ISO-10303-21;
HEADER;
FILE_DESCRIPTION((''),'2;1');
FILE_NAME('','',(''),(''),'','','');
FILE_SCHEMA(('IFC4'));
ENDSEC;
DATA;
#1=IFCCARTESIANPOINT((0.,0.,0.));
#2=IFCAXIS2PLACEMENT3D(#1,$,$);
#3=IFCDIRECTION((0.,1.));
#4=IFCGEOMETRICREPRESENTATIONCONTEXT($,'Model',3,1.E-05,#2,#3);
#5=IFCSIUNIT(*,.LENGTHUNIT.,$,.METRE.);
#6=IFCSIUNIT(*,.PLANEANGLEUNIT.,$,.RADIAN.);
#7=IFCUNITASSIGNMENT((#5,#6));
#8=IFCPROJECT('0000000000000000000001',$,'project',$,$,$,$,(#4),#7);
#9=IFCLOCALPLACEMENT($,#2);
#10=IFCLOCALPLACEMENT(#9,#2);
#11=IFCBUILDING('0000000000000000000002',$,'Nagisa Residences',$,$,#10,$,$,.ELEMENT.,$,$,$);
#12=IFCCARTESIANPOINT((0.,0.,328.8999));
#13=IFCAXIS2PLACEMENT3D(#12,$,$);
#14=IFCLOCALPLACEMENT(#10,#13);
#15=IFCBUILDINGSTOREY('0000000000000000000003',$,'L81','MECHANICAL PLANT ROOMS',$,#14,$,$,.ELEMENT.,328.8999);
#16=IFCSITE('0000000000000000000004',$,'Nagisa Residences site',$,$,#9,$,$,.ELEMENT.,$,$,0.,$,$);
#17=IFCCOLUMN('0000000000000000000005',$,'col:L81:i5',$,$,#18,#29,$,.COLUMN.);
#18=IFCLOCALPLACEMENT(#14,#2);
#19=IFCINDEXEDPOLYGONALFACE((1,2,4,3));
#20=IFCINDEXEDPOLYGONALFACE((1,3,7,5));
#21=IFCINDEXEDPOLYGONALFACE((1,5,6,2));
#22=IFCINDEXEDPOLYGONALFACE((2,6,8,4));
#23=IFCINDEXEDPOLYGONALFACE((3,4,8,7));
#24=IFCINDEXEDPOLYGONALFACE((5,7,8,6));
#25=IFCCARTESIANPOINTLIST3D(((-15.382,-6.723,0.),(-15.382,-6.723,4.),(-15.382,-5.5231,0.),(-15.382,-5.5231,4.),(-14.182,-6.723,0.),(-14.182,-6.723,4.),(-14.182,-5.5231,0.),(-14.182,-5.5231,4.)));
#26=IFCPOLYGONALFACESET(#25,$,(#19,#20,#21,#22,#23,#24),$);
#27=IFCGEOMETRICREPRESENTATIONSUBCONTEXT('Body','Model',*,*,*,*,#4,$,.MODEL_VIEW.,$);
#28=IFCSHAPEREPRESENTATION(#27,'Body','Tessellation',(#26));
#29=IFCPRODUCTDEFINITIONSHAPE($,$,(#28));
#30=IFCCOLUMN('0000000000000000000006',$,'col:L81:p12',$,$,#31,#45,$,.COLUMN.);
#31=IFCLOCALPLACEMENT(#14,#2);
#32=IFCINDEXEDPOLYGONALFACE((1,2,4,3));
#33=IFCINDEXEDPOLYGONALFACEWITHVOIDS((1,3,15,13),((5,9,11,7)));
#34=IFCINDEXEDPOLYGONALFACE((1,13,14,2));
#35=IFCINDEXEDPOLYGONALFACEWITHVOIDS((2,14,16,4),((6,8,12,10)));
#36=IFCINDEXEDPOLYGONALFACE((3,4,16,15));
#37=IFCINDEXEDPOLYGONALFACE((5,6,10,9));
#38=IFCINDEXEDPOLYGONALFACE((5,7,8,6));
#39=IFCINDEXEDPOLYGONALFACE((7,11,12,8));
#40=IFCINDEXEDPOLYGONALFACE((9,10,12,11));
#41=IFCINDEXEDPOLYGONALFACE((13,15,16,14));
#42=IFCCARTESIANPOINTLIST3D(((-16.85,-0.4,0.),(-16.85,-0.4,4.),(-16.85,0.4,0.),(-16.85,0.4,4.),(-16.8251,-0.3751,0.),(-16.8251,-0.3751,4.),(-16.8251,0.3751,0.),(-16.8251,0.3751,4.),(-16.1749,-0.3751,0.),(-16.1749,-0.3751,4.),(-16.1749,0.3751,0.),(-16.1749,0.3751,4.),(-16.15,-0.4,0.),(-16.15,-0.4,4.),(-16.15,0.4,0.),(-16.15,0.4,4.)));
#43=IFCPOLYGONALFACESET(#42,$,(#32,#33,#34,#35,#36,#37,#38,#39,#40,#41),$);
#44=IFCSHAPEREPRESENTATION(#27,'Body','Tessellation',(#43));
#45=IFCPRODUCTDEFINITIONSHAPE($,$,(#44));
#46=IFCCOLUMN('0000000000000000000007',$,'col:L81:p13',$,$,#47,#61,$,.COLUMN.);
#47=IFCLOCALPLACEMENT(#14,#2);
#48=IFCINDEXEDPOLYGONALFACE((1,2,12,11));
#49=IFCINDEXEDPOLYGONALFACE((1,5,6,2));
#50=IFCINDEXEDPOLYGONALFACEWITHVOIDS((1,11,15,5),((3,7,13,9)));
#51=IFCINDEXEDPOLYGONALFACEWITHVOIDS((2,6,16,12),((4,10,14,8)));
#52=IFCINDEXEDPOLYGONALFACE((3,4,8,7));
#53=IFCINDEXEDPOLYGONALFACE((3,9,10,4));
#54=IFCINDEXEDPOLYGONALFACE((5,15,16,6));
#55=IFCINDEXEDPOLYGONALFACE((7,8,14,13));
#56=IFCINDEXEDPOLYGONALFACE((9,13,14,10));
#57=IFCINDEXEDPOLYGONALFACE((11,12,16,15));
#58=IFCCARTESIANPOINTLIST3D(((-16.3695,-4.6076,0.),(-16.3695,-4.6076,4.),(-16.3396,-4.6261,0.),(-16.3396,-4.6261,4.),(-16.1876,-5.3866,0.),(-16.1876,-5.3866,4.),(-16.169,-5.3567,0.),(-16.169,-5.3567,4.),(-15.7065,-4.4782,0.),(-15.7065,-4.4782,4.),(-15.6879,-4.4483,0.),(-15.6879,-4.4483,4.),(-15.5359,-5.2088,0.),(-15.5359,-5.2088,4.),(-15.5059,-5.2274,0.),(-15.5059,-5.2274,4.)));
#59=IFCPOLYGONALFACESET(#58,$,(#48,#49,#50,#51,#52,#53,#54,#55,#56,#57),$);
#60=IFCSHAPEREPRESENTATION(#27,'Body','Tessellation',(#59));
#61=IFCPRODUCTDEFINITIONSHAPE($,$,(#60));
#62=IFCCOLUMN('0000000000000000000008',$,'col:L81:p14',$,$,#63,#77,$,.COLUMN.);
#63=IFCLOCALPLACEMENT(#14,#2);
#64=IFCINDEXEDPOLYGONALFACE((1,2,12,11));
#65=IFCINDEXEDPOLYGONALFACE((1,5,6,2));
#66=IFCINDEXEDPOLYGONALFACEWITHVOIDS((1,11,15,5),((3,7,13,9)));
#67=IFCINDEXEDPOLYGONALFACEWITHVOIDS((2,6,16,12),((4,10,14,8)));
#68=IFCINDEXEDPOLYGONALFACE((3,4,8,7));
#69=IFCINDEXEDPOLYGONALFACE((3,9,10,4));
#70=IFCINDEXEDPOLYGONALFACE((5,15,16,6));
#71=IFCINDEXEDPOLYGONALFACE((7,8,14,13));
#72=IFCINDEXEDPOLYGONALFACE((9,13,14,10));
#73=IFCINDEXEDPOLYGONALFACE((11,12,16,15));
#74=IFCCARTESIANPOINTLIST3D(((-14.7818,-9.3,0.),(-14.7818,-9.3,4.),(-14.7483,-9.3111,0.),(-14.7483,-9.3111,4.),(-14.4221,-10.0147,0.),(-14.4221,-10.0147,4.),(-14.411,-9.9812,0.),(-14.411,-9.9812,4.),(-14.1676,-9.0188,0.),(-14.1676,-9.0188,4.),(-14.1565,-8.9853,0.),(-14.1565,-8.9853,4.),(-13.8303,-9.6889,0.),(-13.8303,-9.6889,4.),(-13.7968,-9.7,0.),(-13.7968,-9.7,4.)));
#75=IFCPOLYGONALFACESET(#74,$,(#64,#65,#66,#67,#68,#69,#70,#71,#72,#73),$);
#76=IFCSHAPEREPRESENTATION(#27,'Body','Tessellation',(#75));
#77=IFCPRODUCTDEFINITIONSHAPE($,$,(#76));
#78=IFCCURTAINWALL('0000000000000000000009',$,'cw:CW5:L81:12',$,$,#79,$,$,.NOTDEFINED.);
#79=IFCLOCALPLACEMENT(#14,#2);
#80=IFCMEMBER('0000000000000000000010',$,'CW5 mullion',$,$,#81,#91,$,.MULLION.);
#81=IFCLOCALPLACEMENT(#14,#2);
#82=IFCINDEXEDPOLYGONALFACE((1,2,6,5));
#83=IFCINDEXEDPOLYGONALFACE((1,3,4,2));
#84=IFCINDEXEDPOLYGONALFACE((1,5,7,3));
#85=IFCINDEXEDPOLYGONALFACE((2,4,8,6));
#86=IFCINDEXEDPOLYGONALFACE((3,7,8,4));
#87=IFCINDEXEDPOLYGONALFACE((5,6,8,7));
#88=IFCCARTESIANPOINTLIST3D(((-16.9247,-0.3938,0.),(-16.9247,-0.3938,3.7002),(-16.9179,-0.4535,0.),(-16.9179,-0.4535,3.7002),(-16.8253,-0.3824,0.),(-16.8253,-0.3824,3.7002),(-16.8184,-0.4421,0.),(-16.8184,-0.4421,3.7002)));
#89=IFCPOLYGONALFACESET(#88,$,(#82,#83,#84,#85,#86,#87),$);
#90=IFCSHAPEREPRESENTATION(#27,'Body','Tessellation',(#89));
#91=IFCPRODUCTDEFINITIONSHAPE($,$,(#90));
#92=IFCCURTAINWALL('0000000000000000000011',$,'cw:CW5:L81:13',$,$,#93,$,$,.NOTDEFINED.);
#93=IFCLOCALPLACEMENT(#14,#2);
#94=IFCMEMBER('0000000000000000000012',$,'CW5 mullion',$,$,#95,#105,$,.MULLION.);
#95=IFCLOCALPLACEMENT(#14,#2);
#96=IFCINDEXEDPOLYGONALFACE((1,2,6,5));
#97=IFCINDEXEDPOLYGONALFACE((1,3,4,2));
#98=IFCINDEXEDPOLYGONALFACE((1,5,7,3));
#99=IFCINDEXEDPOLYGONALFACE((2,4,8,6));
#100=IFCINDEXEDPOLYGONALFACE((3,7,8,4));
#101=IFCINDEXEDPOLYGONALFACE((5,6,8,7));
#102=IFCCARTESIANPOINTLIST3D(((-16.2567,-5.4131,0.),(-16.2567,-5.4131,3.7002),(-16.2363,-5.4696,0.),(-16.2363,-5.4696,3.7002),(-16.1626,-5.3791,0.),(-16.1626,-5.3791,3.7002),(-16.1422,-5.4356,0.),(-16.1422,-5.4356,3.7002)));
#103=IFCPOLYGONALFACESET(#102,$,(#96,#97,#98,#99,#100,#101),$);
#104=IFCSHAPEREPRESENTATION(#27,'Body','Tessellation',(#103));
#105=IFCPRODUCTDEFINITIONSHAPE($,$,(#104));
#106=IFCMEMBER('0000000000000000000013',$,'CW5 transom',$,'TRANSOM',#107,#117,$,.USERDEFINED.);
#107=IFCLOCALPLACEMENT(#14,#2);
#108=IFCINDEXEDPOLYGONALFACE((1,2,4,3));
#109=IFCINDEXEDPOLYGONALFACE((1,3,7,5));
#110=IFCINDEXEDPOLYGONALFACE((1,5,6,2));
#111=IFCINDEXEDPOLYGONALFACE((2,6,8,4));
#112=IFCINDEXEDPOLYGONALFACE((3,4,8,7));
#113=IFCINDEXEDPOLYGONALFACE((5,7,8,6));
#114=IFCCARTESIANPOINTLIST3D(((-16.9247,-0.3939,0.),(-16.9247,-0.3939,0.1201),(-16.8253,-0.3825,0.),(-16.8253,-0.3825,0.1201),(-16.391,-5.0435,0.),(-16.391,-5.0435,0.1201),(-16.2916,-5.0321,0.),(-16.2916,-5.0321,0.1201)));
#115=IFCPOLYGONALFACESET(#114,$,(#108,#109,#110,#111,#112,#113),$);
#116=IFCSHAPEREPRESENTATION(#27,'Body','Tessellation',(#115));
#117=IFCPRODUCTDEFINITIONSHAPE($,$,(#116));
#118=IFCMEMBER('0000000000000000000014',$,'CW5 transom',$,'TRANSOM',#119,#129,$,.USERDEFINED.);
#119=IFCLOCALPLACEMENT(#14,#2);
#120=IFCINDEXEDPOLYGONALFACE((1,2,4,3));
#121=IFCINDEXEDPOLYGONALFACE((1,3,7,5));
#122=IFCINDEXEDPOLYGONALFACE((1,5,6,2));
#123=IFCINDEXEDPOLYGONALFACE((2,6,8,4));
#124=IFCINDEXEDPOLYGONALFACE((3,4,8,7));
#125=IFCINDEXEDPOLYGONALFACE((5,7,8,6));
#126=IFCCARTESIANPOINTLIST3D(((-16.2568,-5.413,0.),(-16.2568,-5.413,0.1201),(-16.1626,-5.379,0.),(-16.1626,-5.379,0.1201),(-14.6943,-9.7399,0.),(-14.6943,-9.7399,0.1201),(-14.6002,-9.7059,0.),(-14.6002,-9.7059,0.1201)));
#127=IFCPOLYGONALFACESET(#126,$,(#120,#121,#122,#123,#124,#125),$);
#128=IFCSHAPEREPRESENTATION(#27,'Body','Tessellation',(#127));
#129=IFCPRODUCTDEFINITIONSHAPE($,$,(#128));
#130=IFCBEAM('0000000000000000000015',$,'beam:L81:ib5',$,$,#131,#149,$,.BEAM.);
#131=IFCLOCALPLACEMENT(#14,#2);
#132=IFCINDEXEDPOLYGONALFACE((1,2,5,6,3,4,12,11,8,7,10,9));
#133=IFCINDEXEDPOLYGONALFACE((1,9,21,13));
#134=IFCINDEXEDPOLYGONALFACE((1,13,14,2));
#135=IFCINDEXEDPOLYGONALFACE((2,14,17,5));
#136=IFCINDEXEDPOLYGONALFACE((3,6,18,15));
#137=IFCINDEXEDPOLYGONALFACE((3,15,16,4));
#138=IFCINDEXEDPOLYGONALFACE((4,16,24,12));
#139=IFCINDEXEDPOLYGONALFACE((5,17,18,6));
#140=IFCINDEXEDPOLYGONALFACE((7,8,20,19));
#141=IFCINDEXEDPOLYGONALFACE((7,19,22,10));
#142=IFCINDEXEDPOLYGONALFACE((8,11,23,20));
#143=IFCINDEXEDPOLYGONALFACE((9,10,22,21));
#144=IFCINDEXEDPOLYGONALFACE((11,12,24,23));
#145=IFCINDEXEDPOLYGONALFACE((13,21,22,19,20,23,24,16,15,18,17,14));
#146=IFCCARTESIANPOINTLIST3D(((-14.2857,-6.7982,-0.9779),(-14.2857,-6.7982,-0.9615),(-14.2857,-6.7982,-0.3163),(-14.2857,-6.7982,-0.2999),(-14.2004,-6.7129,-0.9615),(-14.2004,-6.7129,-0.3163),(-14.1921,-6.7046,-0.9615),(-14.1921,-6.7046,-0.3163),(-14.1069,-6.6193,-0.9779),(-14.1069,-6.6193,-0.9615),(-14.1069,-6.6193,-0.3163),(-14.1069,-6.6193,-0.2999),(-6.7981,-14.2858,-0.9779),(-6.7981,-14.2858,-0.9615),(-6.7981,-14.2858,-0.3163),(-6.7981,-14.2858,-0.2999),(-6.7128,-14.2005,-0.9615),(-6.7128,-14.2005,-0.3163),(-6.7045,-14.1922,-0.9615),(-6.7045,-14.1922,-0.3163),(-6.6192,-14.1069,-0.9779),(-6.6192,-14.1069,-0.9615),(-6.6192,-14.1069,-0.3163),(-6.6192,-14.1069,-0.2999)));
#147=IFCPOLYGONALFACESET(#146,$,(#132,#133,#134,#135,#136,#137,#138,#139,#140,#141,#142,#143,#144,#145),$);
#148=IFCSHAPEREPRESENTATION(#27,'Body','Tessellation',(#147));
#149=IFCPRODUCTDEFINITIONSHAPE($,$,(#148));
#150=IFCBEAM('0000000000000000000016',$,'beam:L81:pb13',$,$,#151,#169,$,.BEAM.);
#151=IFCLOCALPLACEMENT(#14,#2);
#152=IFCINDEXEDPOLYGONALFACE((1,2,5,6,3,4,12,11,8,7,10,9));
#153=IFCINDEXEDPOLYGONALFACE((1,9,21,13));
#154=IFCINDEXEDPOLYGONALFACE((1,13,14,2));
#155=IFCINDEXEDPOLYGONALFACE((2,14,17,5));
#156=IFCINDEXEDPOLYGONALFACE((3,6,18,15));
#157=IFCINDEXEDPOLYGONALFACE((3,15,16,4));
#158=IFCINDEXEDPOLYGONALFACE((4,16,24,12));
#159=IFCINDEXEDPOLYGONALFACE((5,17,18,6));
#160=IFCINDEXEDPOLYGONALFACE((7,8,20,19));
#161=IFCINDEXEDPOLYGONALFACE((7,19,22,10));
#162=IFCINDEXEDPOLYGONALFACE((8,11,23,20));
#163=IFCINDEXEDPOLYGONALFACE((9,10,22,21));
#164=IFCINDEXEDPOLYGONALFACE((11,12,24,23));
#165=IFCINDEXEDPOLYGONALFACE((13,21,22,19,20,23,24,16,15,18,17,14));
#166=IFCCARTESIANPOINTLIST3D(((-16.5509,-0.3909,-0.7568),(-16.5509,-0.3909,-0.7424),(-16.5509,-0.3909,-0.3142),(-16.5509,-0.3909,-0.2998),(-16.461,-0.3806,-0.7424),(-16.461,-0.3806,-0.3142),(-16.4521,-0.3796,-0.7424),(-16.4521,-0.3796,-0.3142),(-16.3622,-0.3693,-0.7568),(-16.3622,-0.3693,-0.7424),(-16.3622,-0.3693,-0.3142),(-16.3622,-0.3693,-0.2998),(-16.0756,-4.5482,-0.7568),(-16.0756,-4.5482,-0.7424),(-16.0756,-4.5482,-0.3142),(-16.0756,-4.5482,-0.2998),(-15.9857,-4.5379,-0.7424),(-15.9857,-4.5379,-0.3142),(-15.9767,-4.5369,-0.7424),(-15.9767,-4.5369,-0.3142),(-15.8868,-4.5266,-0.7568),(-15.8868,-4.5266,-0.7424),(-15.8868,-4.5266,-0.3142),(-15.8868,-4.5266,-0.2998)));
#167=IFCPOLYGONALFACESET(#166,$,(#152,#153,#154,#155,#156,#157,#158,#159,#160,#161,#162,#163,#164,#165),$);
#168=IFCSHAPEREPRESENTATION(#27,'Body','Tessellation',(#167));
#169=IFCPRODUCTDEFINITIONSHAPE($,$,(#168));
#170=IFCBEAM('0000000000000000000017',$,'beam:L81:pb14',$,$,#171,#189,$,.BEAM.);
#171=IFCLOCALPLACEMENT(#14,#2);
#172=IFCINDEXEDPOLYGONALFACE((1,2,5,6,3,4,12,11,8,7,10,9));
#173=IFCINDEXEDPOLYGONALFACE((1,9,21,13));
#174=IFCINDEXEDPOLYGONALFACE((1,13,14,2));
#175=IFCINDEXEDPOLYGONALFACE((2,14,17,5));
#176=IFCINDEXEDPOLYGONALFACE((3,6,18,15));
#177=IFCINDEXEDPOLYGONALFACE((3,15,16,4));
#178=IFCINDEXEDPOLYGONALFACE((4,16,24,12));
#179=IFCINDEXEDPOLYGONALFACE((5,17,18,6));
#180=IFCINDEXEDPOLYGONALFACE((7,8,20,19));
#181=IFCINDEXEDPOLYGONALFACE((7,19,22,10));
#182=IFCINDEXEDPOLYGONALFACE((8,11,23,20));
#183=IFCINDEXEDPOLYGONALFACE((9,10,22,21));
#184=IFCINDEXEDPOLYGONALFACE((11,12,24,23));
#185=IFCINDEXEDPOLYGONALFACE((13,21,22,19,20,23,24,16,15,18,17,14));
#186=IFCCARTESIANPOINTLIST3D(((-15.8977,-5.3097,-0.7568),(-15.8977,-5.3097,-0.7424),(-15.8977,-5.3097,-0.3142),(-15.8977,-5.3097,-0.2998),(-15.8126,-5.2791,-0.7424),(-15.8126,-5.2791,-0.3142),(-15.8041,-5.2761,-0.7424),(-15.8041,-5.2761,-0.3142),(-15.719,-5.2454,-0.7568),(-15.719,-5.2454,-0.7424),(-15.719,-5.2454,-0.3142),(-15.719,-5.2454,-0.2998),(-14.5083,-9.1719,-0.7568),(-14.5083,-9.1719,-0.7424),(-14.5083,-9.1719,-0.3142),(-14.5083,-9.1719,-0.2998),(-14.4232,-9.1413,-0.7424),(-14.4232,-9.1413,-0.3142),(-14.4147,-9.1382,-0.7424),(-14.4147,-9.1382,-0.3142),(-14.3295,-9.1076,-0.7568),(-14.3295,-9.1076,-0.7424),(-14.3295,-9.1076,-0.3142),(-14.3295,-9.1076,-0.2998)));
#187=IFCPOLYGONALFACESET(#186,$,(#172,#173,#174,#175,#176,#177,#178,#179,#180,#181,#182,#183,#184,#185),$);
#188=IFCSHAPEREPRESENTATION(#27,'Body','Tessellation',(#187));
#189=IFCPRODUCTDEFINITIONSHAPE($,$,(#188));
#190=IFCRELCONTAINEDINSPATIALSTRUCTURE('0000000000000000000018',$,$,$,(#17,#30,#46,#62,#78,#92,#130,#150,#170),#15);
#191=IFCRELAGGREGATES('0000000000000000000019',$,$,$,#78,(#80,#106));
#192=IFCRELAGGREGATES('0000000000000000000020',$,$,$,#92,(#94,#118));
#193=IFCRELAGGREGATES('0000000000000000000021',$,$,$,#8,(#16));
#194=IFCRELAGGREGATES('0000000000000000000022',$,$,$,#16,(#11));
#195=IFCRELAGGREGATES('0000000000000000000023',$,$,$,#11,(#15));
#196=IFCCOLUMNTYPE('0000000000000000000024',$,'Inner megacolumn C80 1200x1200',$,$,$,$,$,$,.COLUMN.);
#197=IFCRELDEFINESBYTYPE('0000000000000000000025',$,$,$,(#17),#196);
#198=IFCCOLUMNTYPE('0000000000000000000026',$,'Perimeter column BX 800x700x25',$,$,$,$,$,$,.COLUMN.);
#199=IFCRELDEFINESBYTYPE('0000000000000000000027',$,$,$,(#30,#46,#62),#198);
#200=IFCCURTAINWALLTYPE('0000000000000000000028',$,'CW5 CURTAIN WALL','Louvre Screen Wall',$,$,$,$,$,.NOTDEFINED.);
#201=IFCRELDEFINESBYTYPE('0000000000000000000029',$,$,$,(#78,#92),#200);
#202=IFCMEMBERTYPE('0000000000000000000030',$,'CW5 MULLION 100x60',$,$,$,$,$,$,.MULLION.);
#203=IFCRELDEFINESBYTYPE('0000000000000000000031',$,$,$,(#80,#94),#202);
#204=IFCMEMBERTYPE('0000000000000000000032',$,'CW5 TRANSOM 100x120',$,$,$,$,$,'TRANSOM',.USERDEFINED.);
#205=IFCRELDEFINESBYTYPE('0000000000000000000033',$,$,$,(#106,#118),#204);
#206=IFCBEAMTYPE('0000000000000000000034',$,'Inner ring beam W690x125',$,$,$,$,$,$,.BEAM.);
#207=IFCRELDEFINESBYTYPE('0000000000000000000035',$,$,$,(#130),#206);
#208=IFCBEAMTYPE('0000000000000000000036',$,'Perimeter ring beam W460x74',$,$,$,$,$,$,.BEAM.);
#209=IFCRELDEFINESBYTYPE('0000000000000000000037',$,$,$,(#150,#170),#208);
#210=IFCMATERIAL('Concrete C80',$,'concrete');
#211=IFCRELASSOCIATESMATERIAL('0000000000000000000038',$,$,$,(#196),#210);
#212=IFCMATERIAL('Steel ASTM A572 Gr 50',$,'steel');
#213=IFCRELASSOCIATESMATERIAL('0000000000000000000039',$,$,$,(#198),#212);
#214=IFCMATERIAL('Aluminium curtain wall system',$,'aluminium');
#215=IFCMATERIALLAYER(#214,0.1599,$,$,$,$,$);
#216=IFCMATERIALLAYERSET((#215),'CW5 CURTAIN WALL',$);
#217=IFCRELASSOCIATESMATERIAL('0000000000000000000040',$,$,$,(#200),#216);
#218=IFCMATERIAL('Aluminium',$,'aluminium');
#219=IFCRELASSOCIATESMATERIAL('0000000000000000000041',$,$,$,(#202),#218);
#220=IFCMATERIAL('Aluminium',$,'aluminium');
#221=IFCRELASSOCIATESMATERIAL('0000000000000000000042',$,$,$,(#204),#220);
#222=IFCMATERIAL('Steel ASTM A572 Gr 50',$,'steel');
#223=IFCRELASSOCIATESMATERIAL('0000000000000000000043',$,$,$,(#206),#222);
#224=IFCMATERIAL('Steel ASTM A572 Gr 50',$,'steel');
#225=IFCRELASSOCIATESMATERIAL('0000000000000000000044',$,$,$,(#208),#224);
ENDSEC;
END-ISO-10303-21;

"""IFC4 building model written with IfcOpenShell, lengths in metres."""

from ifc_helpers import new_model, si_unit, direction, frame, origin, origin_2d, place, context, subcontext, project, spatial, rectangle, hollow_rectangle, i_section, extrude, material, layer, layer_set, material_profile, profile_set, type_object, element, aggregate, save


model = new_model("IFC4")

# Units and contexts
model_context = context("Model", 3, precision=1e-05, world=origin(), true_north=direction((0.0, 1.0)))
body_context = subcontext(model_context, "Body", "Model", "MODEL_VIEW")
ifc_project = project(units=[si_unit("LENGTHUNIT", "METRE"), si_unit("PLANEANGLEUNIT", "RADIAN")], contexts=[model_context])

# Site, building, storey
site_placement = place(None, origin())
site = spatial("IfcSite", under=ifc_project, at=site_placement, Name="Nagisa Residences site", CompositionType="ELEMENT", RefElevation=0.0)
building_placement = place(site_placement, origin())
building = spatial("IfcBuilding", under=site, at=building_placement, Name="Nagisa Residences", CompositionType="ELEMENT")
storey_placement = place(building_placement, frame((0.0, 0.0, 328.8999)))
storey = spatial("IfcBuildingStorey", under=building, at=storey_placement, Name="L81", Description="MECHANICAL PLANT ROOMS", CompositionType="ELEMENT", Elevation=328.8999)

# Columns
ifc_material_1 = material(Name="Concrete C80", Category="concrete")
ifc_material_profile_1 = material_profile(ifc_material_1, rectangle(XDim=1.2, YDim=1.2, at=origin_2d()), Name="C80 1200x1200")
ifc_profile_set_1 = profile_set([ifc_material_profile_1], Name="Concrete C80")
column_type_1 = type_object("IfcColumnType", Name="Inner megacolumn C80 1200x1200", PredefinedType="COLUMN", material=ifc_profile_set_1)
column_placement = place(storey_placement, frame((-14.782, -6.123, 0.0), z_axis=(0.0, 0.0, 1.0), x_axis=(1.0, 0.0, 0.0)))
element("IfcColumn", 1, at=column_placement, inside=storey, type_object=column_type_1, Name="col:L81:i5", PredefinedType="COLUMN", context=body_context, shape_type="SweptSolid", body=[
    extrude(rectangle(XDim=1.2, YDim=1.2, at=origin_2d()), origin(), (0.0, 0.0, 1.0), 4.0),
])
ifc_material_2 = material(Name="Steel ASTM A572 Gr 50", Category="steel")
ifc_material_profile_2 = material_profile(ifc_material_2, hollow_rectangle(XDim=0.8, YDim=0.7, WallThickness=0.0249, at=origin_2d()), Name="BX 800x700x25")
ifc_profile_set_2 = profile_set([ifc_material_profile_2], Name="Steel ASTM A572 Gr 50")
column_type_2 = type_object("IfcColumnType", Name="Perimeter column BX 800x700x25", PredefinedType="COLUMN", material=ifc_profile_set_2)
for number, where, z_axis, x_axis, name in (
    (2, (-16.5, 0.0, 0.0), (0.0, 0.0, 1.0), (0.0, -1.0, 0.0), "col:L81:p12"),
    (3, (-15.9377, -4.9175, 0.0), (0.0, 0.0, 1.0), (0.227473, -0.973784, 0.0), "col:L81:p13"),
    (4, (-14.2893, -9.5, 0.0), (0.0, 0.0, 1.0), (0.449592, -0.893234, 0.0), "col:L81:p14"),
):
    element("IfcColumn", number, at=place(storey_placement, frame(where, z_axis=z_axis, x_axis=x_axis)), inside=storey, type_object=column_type_2, Name=name, PredefinedType="COLUMN", context=body_context, shape_type="SweptSolid", body=[
        extrude(hollow_rectangle(XDim=0.8, YDim=0.7, WallThickness=0.0249, at=origin_2d()), origin(), (0.0, 0.0, 1.0), 4.0),
    ])

# Curtain walls, members
ifc_material_3 = material(Name="Aluminium curtain wall system", Category="aluminium")
ifc_layer_1 = layer(ifc_material_3, 0.1599)
ifc_layer_set_1 = layer_set([ifc_layer_1], Name="CW5 CURTAIN WALL")
curtain_wall_type = type_object("IfcCurtainWallType", Name="CW5 CURTAIN WALL", Description="Louvre Screen Wall", PredefinedType="NOTDEFINED", material=ifc_layer_set_1)
curtain_wall_1_placement = place(storey_placement, origin())
curtain_wall_1 = element("IfcCurtainWall", 5, at=curtain_wall_1_placement, inside=storey, type_object=curtain_wall_type, Name="cw:CW5:L81:12", PredefinedType="NOTDEFINED")
ifc_material_4 = material(Name="Aluminium", Category="aluminium")
ifc_material_profile_3 = material_profile(ifc_material_4, rectangle(XDim=0.1001, YDim=0.0601, at=origin_2d()), Name="CW5 MULLION 100x60")
ifc_profile_set_3 = profile_set([ifc_material_profile_3], Name="Aluminium")
member_type_1 = type_object("IfcMemberType", Name="CW5 MULLION 100x60", PredefinedType="MULLION", material=ifc_profile_set_3)
member_1_placement = place(storey_placement, frame((-16.8716, -0.418, 0.0), z_axis=(0.0, 0.0, 1.0), x_axis=(0.993478, 0.114025, 0.0)))
member_1 = element("IfcMember", 6, at=member_1_placement, type_object=member_type_1, Name="CW5 mullion", PredefinedType="MULLION", context=body_context, shape_type="SweptSolid", body=[
    extrude(rectangle(XDim=0.1001, YDim=0.0601, at=origin_2d()), origin(), (0.0, 0.0, 1.0), 3.7002),
])
curtain_wall_2_placement = place(storey_placement, origin())
curtain_wall_2 = element("IfcCurtainWall", 7, at=curtain_wall_2_placement, inside=storey, type_object=curtain_wall_type, Name="cw:CW5:L81:13", PredefinedType="NOTDEFINED")
member_2_placement = place(storey_placement, frame((-16.1995, -5.4243, 0.0), z_axis=(0.0, 0.0, 1.0), x_axis=(0.940554, 0.339643, 0.0)))
member_2 = element("IfcMember", 8, at=member_2_placement, type_object=member_type_1, Name="CW5 mullion", PredefinedType="MULLION", context=body_context, shape_type="SweptSolid", body=[
    extrude(rectangle(XDim=0.1001, YDim=0.0601, at=origin_2d()), origin(), (0.0, 0.0, 1.0), 3.7002),
])

# Members
ifc_material_5 = material(Name="Aluminium", Category="aluminium")
ifc_material_profile_4 = material_profile(ifc_material_5, rectangle(XDim=0.1001, YDim=0.1201, at=origin_2d()), Name="CW5 TRANSOM 100x120")
ifc_profile_set_4 = profile_set([ifc_material_profile_4], Name="Aluminium")
member_type_2 = type_object("IfcMemberType", Name="CW5 TRANSOM 100x120", ElementType="TRANSOM", PredefinedType="USERDEFINED", material=ifc_profile_set_4)
member_3_placement = place(storey_placement, frame((-16.875, -0.3882, 0.0601), z_axis=(0.114032, -0.993477, 0.0), x_axis=(0.993477, 0.114032, 0.0)))
member_3 = element("IfcMember", 9, at=member_3_placement, type_object=member_type_2, Name="CW5 transom", ObjectType="TRANSOM", PredefinedType="USERDEFINED", context=body_context, shape_type="SweptSolid", body=[
    extrude(rectangle(XDim=0.1001, YDim=0.1201, at=origin_2d()), origin(), (0.0, 0.0, 1.0), 4.6802),
])
member_4_placement = place(storey_placement, frame((-16.2097, -5.396, 0.0601), z_axis=(0.339646, -0.940553, 0.0), x_axis=(0.940553, 0.339646, 0.0)))
member_4 = element("IfcMember", 10, at=member_4_placement, type_object=member_type_2, Name="CW5 transom", ObjectType="TRANSOM", PredefinedType="USERDEFINED", context=body_context, shape_type="SweptSolid", body=[
    extrude(rectangle(XDim=0.1001, YDim=0.1201, at=origin_2d()), origin(), (0.0, 0.0, 1.0), 4.6003),
])

# Beams
ifc_material_6 = material(Name="Steel ASTM A572 Gr 50", Category="steel")
ifc_material_profile_5 = material_profile(ifc_material_6, i_section(OverallWidth=0.2529, OverallDepth=0.678, WebThickness=0.0117, FlangeThickness=0.0164, at=origin_2d()), Name="W690x125")
ifc_profile_set_5 = profile_set([ifc_material_profile_5], Name="Steel ASTM A572 Gr 50")
beam_type_1 = type_object("IfcBeamType", Name="Inner ring beam W690x125", PredefinedType="BEAM", material=ifc_profile_set_5)
beam_1_placement = place(storey_placement, frame((-14.1963, -6.7087, -0.6389), z_axis=(0.707107, -0.707107, 0.0), x_axis=(0.707107, 0.707107, 0.0)))
element("IfcBeam", 11, at=beam_1_placement, inside=storey, type_object=beam_type_1, Name="beam:L81:ib5", PredefinedType="BEAM", context=body_context, shape_type="SweptSolid", body=[
    extrude(i_section(OverallWidth=0.2529, OverallDepth=0.678, WebThickness=0.0117, FlangeThickness=0.0164, at=origin_2d()), origin(), (0.0, 0.0, 1.0), 10.5891),
])
ifc_material_7 = material(Name="Steel ASTM A572 Gr 50", Category="steel")
ifc_material_profile_6 = material_profile(ifc_material_7, i_section(OverallWidth=0.1899, OverallDepth=0.457, WebThickness=0.009, FlangeThickness=0.0144, at=origin_2d()), Name="W460x74")
ifc_profile_set_6 = profile_set([ifc_material_profile_6], Name="Steel ASTM A572 Gr 50")
beam_type_2 = type_object("IfcBeamType", Name="Perimeter ring beam W460x74", PredefinedType="BEAM", material=ifc_profile_set_6)
beam_2_placement = place(storey_placement, frame((-16.4565, -0.3801, -0.5283), z_axis=(0.113601, -0.993526, 0.0), x_axis=(0.993526, 0.113601, 0.0)))
element("IfcBeam", 12, at=beam_2_placement, inside=storey, type_object=beam_type_2, Name="beam:L81:pb13", PredefinedType="BEAM", context=body_context, shape_type="SweptSolid", body=[
    extrude(i_section(OverallWidth=0.1899, OverallDepth=0.457, WebThickness=0.009, FlangeThickness=0.0144, at=origin_2d()), origin(), (0.0, 0.0, 1.0), 4.1843),
])
beam_3_placement = place(storey_placement, frame((-15.8083, -5.2776, -0.5283), z_axis=(0.338517, -0.94096, 0.0), x_axis=(0.94096, 0.338517, 0.0)))
element("IfcBeam", 13, at=beam_3_placement, inside=storey, type_object=beam_type_2, Name="beam:L81:pb14", PredefinedType="BEAM", context=body_context, shape_type="SweptSolid", body=[
    extrude(i_section(OverallWidth=0.1899, OverallDepth=0.457, WebThickness=0.009, FlangeThickness=0.0144, at=origin_2d()), origin(), (0.0, 0.0, 1.0), 4.1045),
])

aggregate(curtain_wall_1, [member_1, member_3])
aggregate(curtain_wall_2, [member_2, member_4])

save(model, "model.ifc")
